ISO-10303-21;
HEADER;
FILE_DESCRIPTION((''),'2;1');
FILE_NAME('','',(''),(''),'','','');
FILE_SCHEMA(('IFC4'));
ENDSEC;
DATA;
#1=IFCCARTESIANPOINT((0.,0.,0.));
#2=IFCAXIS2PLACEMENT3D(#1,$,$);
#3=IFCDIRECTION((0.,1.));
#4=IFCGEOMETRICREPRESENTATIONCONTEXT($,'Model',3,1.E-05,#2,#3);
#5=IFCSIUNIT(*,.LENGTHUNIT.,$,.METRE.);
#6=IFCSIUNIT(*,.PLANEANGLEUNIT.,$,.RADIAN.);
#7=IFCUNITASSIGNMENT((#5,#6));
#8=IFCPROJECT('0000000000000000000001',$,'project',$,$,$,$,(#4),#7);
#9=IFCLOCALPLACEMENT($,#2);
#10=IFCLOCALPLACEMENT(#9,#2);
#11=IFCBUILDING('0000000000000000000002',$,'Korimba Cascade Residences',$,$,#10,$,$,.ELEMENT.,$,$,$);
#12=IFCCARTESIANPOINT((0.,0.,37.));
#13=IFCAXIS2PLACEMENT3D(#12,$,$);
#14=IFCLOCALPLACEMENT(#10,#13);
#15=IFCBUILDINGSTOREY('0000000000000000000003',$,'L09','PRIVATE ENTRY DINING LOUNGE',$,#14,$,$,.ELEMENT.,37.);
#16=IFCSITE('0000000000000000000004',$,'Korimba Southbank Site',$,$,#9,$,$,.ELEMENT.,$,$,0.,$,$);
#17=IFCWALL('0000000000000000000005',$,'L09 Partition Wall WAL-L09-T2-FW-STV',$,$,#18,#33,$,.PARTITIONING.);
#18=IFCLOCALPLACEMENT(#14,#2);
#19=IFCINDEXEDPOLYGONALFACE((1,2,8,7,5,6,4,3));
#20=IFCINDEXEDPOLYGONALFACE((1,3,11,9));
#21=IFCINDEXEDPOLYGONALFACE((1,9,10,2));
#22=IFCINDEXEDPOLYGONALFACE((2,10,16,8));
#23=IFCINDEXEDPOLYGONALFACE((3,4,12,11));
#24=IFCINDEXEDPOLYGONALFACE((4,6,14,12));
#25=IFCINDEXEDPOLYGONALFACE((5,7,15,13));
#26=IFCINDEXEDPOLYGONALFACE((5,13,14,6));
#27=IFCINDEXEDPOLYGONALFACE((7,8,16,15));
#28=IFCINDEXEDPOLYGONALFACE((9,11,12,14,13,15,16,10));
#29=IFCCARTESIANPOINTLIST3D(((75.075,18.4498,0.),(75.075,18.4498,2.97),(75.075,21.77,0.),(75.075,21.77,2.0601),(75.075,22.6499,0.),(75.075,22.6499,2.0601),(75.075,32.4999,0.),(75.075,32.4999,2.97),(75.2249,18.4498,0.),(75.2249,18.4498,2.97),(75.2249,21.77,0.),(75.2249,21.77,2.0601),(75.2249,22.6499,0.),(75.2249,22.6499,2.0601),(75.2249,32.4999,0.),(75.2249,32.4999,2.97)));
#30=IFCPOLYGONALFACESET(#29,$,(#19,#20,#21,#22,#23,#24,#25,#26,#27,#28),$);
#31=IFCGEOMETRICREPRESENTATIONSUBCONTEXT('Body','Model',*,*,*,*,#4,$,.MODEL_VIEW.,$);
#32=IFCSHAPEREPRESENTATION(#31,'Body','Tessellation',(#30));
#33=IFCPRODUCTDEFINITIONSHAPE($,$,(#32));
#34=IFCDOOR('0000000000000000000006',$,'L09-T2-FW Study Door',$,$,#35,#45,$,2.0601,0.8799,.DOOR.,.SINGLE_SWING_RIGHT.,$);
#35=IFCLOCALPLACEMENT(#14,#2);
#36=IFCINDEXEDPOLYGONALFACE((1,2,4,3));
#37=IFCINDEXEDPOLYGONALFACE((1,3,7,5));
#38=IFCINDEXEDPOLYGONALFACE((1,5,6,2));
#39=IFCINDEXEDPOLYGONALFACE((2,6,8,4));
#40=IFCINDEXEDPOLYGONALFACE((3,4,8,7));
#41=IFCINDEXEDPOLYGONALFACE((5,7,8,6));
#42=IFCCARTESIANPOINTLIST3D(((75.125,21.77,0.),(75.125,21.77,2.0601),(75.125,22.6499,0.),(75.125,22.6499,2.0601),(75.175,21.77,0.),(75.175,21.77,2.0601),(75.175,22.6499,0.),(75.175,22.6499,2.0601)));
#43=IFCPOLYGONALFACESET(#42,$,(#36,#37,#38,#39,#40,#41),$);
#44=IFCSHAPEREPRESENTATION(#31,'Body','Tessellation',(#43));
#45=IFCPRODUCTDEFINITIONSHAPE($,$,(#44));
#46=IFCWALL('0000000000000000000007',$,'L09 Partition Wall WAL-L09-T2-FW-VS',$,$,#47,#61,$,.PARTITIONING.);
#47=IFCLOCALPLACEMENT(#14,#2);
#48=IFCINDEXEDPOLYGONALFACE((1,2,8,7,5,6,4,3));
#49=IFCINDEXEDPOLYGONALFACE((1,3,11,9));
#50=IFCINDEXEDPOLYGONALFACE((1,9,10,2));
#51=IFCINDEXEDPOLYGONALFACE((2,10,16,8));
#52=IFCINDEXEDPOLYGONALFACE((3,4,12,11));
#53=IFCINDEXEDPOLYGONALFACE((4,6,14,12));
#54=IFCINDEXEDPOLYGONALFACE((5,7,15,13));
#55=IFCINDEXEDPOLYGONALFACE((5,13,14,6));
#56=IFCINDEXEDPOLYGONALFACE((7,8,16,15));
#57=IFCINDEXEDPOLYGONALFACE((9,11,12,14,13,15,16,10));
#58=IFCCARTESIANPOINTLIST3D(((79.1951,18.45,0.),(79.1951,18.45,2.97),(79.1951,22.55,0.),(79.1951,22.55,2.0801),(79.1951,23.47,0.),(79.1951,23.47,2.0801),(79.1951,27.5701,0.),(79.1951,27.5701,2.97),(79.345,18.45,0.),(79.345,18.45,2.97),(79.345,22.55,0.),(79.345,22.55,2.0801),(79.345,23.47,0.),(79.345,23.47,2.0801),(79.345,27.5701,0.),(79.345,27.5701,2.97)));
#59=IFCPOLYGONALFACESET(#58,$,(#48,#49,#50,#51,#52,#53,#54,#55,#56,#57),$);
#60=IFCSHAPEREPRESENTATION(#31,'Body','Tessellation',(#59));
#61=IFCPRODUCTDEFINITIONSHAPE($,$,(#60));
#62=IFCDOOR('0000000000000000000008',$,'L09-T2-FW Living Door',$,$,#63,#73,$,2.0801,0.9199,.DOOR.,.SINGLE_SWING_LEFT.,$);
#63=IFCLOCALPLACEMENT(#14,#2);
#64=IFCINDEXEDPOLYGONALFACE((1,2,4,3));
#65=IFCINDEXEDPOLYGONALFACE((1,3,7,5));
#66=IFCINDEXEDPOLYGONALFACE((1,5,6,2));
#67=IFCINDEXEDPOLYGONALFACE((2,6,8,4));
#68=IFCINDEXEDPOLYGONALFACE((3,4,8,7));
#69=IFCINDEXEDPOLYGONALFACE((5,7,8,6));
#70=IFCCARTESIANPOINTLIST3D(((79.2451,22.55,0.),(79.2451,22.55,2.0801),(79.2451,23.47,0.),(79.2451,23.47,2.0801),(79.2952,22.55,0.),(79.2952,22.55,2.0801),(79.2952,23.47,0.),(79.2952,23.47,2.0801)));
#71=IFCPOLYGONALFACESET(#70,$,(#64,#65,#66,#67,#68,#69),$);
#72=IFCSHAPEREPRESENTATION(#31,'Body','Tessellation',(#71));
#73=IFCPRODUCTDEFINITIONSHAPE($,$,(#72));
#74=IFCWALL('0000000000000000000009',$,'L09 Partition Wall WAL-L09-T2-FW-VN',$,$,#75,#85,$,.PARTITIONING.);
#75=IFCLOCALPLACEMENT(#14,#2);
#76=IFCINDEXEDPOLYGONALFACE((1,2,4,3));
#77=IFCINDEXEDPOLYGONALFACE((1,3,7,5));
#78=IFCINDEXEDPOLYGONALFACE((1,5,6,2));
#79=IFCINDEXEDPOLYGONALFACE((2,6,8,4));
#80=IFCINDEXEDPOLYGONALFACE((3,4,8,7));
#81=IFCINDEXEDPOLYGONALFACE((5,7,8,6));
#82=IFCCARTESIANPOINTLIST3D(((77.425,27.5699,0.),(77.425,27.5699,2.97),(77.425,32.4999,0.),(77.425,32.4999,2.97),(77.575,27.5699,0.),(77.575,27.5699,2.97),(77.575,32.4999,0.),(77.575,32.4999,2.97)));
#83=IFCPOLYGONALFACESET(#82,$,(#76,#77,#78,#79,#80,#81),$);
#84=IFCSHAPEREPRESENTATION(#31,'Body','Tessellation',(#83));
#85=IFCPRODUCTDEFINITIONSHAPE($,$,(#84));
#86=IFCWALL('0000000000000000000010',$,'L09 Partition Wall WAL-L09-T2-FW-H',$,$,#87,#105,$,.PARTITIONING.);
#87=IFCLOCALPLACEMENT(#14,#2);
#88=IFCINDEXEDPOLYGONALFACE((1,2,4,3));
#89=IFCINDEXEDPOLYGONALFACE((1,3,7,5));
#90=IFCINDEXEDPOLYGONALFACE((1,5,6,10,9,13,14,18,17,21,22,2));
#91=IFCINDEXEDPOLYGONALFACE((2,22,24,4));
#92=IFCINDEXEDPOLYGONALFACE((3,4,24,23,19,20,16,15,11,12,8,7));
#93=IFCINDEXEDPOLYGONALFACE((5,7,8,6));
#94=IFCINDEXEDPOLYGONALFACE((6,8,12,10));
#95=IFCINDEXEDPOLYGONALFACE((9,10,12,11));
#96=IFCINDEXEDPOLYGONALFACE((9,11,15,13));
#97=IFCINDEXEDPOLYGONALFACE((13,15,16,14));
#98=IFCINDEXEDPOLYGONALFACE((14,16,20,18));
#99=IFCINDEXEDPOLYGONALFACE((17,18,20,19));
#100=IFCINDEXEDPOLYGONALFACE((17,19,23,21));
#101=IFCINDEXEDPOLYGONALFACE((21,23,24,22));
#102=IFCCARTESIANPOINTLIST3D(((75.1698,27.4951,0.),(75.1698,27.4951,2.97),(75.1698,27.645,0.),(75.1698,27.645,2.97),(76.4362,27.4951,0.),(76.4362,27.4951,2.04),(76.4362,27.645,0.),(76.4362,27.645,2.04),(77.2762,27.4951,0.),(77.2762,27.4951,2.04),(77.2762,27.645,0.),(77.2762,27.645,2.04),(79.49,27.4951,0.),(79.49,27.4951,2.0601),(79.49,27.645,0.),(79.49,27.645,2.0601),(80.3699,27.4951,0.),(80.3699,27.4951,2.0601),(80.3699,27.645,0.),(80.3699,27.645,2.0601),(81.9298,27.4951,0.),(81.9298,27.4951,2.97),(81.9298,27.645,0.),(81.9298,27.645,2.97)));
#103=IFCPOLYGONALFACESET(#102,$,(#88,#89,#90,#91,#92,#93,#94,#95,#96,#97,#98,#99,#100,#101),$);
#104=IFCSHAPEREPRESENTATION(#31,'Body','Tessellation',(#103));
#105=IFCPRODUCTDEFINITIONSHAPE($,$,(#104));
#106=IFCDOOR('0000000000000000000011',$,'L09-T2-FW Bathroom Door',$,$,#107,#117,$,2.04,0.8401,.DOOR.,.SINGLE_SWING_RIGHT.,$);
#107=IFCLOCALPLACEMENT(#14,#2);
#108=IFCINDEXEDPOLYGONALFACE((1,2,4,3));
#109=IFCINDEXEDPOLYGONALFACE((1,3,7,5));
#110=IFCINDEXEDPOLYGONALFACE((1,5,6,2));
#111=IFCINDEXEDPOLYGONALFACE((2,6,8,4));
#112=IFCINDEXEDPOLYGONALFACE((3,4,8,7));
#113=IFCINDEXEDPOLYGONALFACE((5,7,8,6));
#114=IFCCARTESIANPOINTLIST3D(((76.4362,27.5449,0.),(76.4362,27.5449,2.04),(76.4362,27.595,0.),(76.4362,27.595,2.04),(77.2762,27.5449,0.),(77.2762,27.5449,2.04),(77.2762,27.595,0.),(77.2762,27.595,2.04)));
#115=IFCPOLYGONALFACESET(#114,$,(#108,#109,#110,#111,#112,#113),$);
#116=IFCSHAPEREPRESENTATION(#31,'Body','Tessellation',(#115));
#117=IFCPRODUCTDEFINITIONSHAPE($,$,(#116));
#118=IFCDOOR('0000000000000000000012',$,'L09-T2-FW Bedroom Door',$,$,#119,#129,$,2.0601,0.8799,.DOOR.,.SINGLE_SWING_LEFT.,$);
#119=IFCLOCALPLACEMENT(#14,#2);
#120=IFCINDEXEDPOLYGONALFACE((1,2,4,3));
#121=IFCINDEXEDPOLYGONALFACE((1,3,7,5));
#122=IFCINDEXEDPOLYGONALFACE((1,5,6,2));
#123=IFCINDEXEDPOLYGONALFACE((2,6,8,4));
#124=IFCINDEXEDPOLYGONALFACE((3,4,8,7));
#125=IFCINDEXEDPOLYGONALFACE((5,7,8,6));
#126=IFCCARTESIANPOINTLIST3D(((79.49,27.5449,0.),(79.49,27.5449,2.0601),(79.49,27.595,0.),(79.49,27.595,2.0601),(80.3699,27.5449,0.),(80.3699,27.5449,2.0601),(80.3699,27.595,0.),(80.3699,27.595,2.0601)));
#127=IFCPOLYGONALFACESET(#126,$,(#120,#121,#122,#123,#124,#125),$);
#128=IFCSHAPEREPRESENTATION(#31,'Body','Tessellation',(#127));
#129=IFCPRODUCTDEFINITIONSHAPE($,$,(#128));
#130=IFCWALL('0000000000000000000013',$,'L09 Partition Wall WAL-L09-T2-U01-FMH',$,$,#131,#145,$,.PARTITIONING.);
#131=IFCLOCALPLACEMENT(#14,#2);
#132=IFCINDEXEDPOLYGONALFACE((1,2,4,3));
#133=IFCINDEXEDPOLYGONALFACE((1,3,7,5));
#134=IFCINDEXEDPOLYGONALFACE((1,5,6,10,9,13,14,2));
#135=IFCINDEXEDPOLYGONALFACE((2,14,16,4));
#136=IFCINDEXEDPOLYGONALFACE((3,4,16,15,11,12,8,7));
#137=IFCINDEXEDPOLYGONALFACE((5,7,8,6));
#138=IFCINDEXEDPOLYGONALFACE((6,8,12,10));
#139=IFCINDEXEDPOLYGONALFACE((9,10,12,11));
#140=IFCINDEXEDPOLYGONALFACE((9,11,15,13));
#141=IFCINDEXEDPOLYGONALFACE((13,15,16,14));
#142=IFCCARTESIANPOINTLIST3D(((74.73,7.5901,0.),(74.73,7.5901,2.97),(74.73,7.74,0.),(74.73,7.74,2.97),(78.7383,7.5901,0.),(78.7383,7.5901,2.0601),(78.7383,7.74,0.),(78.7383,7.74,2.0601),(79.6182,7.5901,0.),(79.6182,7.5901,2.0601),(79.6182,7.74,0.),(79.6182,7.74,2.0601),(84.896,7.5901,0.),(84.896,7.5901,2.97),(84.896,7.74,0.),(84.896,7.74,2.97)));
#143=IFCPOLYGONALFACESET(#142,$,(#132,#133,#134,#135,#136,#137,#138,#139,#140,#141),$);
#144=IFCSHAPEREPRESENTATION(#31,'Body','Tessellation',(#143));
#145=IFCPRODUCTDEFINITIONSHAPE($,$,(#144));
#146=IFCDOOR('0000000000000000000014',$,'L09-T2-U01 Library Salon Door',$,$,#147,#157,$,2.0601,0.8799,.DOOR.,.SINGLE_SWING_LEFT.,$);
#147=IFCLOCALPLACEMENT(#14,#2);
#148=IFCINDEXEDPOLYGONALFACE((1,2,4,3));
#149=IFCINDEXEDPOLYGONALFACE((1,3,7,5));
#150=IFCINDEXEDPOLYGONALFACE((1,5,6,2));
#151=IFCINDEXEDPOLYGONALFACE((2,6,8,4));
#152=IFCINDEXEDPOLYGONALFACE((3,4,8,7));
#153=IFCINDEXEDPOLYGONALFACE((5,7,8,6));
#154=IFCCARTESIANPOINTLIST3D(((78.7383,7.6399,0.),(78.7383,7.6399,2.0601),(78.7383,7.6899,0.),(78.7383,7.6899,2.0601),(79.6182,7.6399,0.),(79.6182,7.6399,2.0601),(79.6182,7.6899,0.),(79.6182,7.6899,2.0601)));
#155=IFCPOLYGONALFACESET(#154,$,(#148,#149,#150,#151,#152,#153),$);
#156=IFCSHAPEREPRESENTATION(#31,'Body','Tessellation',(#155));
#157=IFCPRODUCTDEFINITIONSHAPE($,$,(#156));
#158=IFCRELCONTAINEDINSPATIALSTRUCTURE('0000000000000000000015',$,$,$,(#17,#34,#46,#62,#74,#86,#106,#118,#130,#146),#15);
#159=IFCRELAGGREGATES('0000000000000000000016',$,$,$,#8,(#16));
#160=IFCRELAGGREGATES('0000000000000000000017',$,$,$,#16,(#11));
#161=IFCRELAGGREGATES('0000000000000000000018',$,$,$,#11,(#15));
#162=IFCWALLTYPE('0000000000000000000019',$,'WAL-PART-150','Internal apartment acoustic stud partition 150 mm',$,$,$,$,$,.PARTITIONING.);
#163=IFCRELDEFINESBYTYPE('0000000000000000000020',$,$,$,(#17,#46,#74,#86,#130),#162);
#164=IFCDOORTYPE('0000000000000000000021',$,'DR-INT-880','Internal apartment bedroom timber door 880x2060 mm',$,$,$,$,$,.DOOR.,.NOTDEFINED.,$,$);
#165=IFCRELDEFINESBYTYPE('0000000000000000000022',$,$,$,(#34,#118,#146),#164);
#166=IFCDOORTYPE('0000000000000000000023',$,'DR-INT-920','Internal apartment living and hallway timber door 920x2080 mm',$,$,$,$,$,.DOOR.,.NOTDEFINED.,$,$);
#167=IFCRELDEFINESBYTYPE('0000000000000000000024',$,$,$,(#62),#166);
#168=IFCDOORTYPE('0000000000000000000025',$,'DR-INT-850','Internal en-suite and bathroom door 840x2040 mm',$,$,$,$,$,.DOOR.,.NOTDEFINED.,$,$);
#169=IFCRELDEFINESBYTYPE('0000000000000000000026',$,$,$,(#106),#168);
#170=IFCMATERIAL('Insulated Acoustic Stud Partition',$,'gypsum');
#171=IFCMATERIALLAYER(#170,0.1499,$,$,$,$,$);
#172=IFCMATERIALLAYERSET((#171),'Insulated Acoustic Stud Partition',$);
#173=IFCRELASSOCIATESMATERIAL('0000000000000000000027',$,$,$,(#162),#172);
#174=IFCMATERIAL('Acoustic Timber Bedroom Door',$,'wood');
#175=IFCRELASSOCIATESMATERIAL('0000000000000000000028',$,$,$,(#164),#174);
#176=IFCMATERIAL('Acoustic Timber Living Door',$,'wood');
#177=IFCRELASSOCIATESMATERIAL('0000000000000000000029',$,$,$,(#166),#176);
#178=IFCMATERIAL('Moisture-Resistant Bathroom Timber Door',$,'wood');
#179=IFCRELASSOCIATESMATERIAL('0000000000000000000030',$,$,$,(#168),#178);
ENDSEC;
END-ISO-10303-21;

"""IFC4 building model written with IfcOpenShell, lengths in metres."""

from ifc_helpers import new_model, si_unit, direction, frame, frame_2d, origin, place, context, subcontext, project, spatial, rectangle, extrude, material, layer, layer_set, type_object, element, fill, save


model = new_model("IFC4")

# Units and contexts
model_context = context("Model", 3, precision=1e-05, world=origin(), true_north=direction((0.0, 1.0)))
body_context = subcontext(model_context, "Body", "Model", "MODEL_VIEW")
ifc_project = project(units=[si_unit("LENGTHUNIT", "METRE"), si_unit("PLANEANGLEUNIT", "RADIAN")], contexts=[model_context])

# Site, building, storey
site_placement = place(None, origin())
site = spatial("IfcSite", under=ifc_project, at=site_placement, Name="Korimba Southbank Site", CompositionType="ELEMENT", RefElevation=0.0)
building_placement = place(site_placement, origin())
building = spatial("IfcBuilding", under=site, at=building_placement, Name="Korimba Cascade Residences", CompositionType="ELEMENT")
storey_placement = place(building_placement, frame((0.0, 0.0, 37.0)))
storey = spatial("IfcBuildingStorey", under=building, at=storey_placement, Name="L09", Description="PRIVATE ENTRY DINING LOUNGE", CompositionType="ELEMENT", Elevation=37.0)

# Shared definitions
ifc_material_1 = material(Name="Insulated Acoustic Stud Partition", Category="gypsum")
ifc_layer_1 = layer(ifc_material_1, 0.1499)
ifc_layer_set_1 = layer_set([ifc_layer_1], Name="Insulated Acoustic Stud Partition")
wall_type_1 = type_object("IfcWallType", Name="WAL-PART-150", Description="Internal apartment acoustic stud partition 150 mm", PredefinedType="PARTITIONING", material=ifc_layer_set_1)

# Walls, openings, doors
wall_1_placement = place(storey_placement, frame((75.1499, 18.45, 0.0), z_axis=(0.0, 0.0, 1.0), x_axis=(0.0, 1.0, 0.0)))
wall_1 = element("IfcWall", 1, at=wall_1_placement, inside=storey, type_object=wall_type_1, Name="L09 Partition Wall WAL-L09-T2-FW-STV", PredefinedType="PARTITIONING", context=body_context, shape_type="SweptSolid", body=[
    extrude(rectangle(XDim=14.05, YDim=0.1499, at=frame_2d((7.0249, 0.0))), origin(), (0.0, 0.0, 1.0), 2.97),
])
opening_1_placement = place(wall_1_placement, frame((3.3201, 0.0, 0.0)))
opening_1 = element("IfcOpeningElement", 2, at=opening_1_placement, cuts=wall_1, PredefinedType="OPENING", context=body_context, shape_type="SweptSolid", body=[
    extrude(rectangle(XDim=0.8799, YDim=2.0601, at=frame_2d((0.4399, 1.03))), frame((0.0, 0.085, 0.0), z_axis=(0.0, -1.0, 0.0), x_axis=(1.0, 0.0, 0.0)), (0.0, 0.0, 1.0), 0.1699),
])
ifc_material_2 = material(Name="Acoustic Timber Bedroom Door", Category="wood")
door_type_1 = type_object("IfcDoorType", Name="DR-INT-880", Description="Internal apartment bedroom timber door 880x2060 mm", OperationType="NOTDEFINED", PredefinedType="DOOR", material=ifc_material_2)
door_1_placement = place(opening_1_placement, origin())
door_1 = element("IfcDoor", 3, at=door_1_placement, inside=storey, type_object=door_type_1, Name="L09-T2-FW Study Door", OperationType="SINGLE_SWING_RIGHT", OverallHeight=2.0601, OverallWidth=0.8799, PredefinedType="DOOR", context=body_context, shape_type="SweptSolid", body=[
    extrude(rectangle(XDim=0.8799, YDim=2.0601, at=frame_2d((0.4399, 1.03))), frame((0.0, 0.0249, 0.0), z_axis=(0.0, -1.0, 0.0), x_axis=(1.0, 0.0, 0.0)), (0.0, 0.0, 1.0), 0.05),
])
fill(opening_1, door_1)
wall_2_placement = place(storey_placement, frame((79.27, 18.45, 0.0), z_axis=(0.0, 0.0, 1.0), x_axis=(0.0, 1.0, 0.0)))
wall_2 = element("IfcWall", 4, at=wall_2_placement, inside=storey, type_object=wall_type_1, Name="L09 Partition Wall WAL-L09-T2-FW-VS", PredefinedType="PARTITIONING", context=body_context, shape_type="SweptSolid", body=[
    extrude(rectangle(XDim=9.1201, YDim=0.1499, at=frame_2d((4.5601, 0.0))), origin(), (0.0, 0.0, 1.0), 2.97),
])
opening_2_placement = place(wall_2_placement, frame((4.1001, 0.0, 0.0)))
opening_2 = element("IfcOpeningElement", 5, at=opening_2_placement, cuts=wall_2, PredefinedType="OPENING", context=body_context, shape_type="SweptSolid", body=[
    extrude(rectangle(XDim=0.9199, YDim=2.0801, at=frame_2d((0.46, 1.04))), frame((0.0, 0.085, 0.0), z_axis=(0.0, -1.0, 0.0), x_axis=(1.0, 0.0, 0.0)), (0.0, 0.0, 1.0), 0.1699),
])
ifc_material_3 = material(Name="Acoustic Timber Living Door", Category="wood")
door_type_2 = type_object("IfcDoorType", Name="DR-INT-920", Description="Internal apartment living and hallway timber door 920x2080 mm", OperationType="NOTDEFINED", PredefinedType="DOOR", material=ifc_material_3)
door_2_placement = place(opening_2_placement, origin())
door_2 = element("IfcDoor", 6, at=door_2_placement, inside=storey, type_object=door_type_2, Name="L09-T2-FW Living Door", OperationType="SINGLE_SWING_LEFT", OverallHeight=2.0801, OverallWidth=0.9199, PredefinedType="DOOR", context=body_context, shape_type="SweptSolid", body=[
    extrude(rectangle(XDim=0.9199, YDim=2.0801, at=frame_2d((0.46, 1.04))), frame((0.0, 0.0249, 0.0), z_axis=(0.0, -1.0, 0.0), x_axis=(1.0, 0.0, 0.0)), (0.0, 0.0, 1.0), 0.05),
])
fill(opening_2, door_2)

# Wall
wall_3_placement = place(storey_placement, frame((77.5, 27.5701, 0.0), z_axis=(0.0, 0.0, 1.0), x_axis=(0.0, 1.0, 0.0)))
element("IfcWall", 7, at=wall_3_placement, inside=storey, type_object=wall_type_1, Name="L09 Partition Wall WAL-L09-T2-FW-VN", PredefinedType="PARTITIONING", context=body_context, shape_type="SweptSolid", body=[
    extrude(rectangle(XDim=4.9299, YDim=0.1499, at=frame_2d((2.4648, 0.0))), origin(), (0.0, 0.0, 1.0), 2.97),
])

# Wall, openings, doors
wall_4_placement = place(storey_placement, frame((75.1699, 27.5701, 0.0), z_axis=(0.0, 0.0, 1.0), x_axis=(1.0, 0.0, 0.0)))
wall_4 = element("IfcWall", 8, at=wall_4_placement, inside=storey, type_object=wall_type_1, Name="L09 Partition Wall WAL-L09-T2-FW-H", PredefinedType="PARTITIONING", context=body_context, shape_type="SweptSolid", body=[
    extrude(rectangle(XDim=6.76, YDim=0.1499, at=frame_2d((3.3799, 0.0))), origin(), (0.0, 0.0, 1.0), 2.97),
])
opening_3_placement = place(wall_4_placement, frame((1.2664, 0.0, 0.0)))
opening_3 = element("IfcOpeningElement", 9, at=opening_3_placement, cuts=wall_4, PredefinedType="OPENING", context=body_context, shape_type="SweptSolid", body=[
    extrude(rectangle(XDim=0.8401, YDim=2.04, at=frame_2d((0.4199, 1.02))), frame((0.0, 0.085, 0.0), z_axis=(0.0, -1.0, 0.0), x_axis=(1.0, 0.0, 0.0)), (0.0, 0.0, 1.0), 0.1699),
])
opening_4_placement = place(wall_4_placement, frame((4.3201, 0.0, 0.0)))
opening_4 = element("IfcOpeningElement", 10, at=opening_4_placement, cuts=wall_4, PredefinedType="OPENING", context=body_context, shape_type="SweptSolid", body=[
    extrude(rectangle(XDim=0.8799, YDim=2.0601, at=frame_2d((0.4399, 1.03))), frame((0.0, 0.085, 0.0), z_axis=(0.0, -1.0, 0.0), x_axis=(1.0, 0.0, 0.0)), (0.0, 0.0, 1.0), 0.1699),
])
ifc_material_4 = material(Name="Moisture-Resistant Bathroom Timber Door", Category="wood")
door_type_3 = type_object("IfcDoorType", Name="DR-INT-850", Description="Internal en-suite and bathroom door 840x2040 mm", OperationType="NOTDEFINED", PredefinedType="DOOR", material=ifc_material_4)
door_3_placement = place(opening_3_placement, origin())
door_3 = element("IfcDoor", 11, at=door_3_placement, inside=storey, type_object=door_type_3, Name="L09-T2-FW Bathroom Door", OperationType="SINGLE_SWING_RIGHT", OverallHeight=2.04, OverallWidth=0.8401, PredefinedType="DOOR", context=body_context, shape_type="SweptSolid", body=[
    extrude(rectangle(XDim=0.8401, YDim=2.04, at=frame_2d((0.4199, 1.02))), frame((0.0, 0.0249, 0.0), z_axis=(0.0, -1.0, 0.0), x_axis=(1.0, 0.0, 0.0)), (0.0, 0.0, 1.0), 0.05),
])
fill(opening_3, door_3)
door_4_placement = place(opening_4_placement, origin())
door_4 = element("IfcDoor", 12, at=door_4_placement, inside=storey, type_object=door_type_1, Name="L09-T2-FW Bedroom Door", OperationType="SINGLE_SWING_LEFT", OverallHeight=2.0601, OverallWidth=0.8799, PredefinedType="DOOR", context=body_context, shape_type="SweptSolid", body=[
    extrude(rectangle(XDim=0.8799, YDim=2.0601, at=frame_2d((0.4399, 1.03))), frame((0.0, 0.0249, 0.0), z_axis=(0.0, -1.0, 0.0), x_axis=(1.0, 0.0, 0.0)), (0.0, 0.0, 1.0), 0.05),
])
fill(opening_4, door_4)

# Wall, opening, door
wall_5_placement = place(storey_placement, frame((74.73, 7.665, 0.0), z_axis=(0.0, 0.0, 1.0), x_axis=(1.0, 0.0, 0.0)))
wall_5 = element("IfcWall", 13, at=wall_5_placement, inside=storey, type_object=wall_type_1, Name="L09 Partition Wall WAL-L09-T2-U01-FMH", PredefinedType="PARTITIONING", context=body_context, shape_type="SweptSolid", body=[
    extrude(rectangle(XDim=10.166, YDim=0.1499, at=frame_2d((5.083, 0.0))), origin(), (0.0, 0.0, 1.0), 2.97),
])
opening_5_placement = place(wall_5_placement, frame((4.0083, 0.0, 0.0)))
opening_5 = element("IfcOpeningElement", 14, at=opening_5_placement, cuts=wall_5, PredefinedType="OPENING", context=body_context, shape_type="SweptSolid", body=[
    extrude(rectangle(XDim=0.8799, YDim=2.0601, at=frame_2d((0.4399, 1.03))), frame((0.0, 0.085, 0.0), z_axis=(0.0, -1.0, 0.0), x_axis=(1.0, 0.0, 0.0)), (0.0, 0.0, 1.0), 0.1699),
])
door_5_placement = place(opening_5_placement, origin())
door_5 = element("IfcDoor", 15, at=door_5_placement, inside=storey, type_object=door_type_1, Name="L09-T2-U01 Library Salon Door", OperationType="SINGLE_SWING_LEFT", OverallHeight=2.0601, OverallWidth=0.8799, PredefinedType="DOOR", context=body_context, shape_type="SweptSolid", body=[
    extrude(rectangle(XDim=0.8799, YDim=2.0601, at=frame_2d((0.4399, 1.03))), frame((0.0, 0.0249, 0.0), z_axis=(0.0, -1.0, 0.0), x_axis=(1.0, 0.0, 0.0)), (0.0, 0.0, 1.0), 0.05),
])
fill(opening_5, door_5)

save(model, "model.ifc")
